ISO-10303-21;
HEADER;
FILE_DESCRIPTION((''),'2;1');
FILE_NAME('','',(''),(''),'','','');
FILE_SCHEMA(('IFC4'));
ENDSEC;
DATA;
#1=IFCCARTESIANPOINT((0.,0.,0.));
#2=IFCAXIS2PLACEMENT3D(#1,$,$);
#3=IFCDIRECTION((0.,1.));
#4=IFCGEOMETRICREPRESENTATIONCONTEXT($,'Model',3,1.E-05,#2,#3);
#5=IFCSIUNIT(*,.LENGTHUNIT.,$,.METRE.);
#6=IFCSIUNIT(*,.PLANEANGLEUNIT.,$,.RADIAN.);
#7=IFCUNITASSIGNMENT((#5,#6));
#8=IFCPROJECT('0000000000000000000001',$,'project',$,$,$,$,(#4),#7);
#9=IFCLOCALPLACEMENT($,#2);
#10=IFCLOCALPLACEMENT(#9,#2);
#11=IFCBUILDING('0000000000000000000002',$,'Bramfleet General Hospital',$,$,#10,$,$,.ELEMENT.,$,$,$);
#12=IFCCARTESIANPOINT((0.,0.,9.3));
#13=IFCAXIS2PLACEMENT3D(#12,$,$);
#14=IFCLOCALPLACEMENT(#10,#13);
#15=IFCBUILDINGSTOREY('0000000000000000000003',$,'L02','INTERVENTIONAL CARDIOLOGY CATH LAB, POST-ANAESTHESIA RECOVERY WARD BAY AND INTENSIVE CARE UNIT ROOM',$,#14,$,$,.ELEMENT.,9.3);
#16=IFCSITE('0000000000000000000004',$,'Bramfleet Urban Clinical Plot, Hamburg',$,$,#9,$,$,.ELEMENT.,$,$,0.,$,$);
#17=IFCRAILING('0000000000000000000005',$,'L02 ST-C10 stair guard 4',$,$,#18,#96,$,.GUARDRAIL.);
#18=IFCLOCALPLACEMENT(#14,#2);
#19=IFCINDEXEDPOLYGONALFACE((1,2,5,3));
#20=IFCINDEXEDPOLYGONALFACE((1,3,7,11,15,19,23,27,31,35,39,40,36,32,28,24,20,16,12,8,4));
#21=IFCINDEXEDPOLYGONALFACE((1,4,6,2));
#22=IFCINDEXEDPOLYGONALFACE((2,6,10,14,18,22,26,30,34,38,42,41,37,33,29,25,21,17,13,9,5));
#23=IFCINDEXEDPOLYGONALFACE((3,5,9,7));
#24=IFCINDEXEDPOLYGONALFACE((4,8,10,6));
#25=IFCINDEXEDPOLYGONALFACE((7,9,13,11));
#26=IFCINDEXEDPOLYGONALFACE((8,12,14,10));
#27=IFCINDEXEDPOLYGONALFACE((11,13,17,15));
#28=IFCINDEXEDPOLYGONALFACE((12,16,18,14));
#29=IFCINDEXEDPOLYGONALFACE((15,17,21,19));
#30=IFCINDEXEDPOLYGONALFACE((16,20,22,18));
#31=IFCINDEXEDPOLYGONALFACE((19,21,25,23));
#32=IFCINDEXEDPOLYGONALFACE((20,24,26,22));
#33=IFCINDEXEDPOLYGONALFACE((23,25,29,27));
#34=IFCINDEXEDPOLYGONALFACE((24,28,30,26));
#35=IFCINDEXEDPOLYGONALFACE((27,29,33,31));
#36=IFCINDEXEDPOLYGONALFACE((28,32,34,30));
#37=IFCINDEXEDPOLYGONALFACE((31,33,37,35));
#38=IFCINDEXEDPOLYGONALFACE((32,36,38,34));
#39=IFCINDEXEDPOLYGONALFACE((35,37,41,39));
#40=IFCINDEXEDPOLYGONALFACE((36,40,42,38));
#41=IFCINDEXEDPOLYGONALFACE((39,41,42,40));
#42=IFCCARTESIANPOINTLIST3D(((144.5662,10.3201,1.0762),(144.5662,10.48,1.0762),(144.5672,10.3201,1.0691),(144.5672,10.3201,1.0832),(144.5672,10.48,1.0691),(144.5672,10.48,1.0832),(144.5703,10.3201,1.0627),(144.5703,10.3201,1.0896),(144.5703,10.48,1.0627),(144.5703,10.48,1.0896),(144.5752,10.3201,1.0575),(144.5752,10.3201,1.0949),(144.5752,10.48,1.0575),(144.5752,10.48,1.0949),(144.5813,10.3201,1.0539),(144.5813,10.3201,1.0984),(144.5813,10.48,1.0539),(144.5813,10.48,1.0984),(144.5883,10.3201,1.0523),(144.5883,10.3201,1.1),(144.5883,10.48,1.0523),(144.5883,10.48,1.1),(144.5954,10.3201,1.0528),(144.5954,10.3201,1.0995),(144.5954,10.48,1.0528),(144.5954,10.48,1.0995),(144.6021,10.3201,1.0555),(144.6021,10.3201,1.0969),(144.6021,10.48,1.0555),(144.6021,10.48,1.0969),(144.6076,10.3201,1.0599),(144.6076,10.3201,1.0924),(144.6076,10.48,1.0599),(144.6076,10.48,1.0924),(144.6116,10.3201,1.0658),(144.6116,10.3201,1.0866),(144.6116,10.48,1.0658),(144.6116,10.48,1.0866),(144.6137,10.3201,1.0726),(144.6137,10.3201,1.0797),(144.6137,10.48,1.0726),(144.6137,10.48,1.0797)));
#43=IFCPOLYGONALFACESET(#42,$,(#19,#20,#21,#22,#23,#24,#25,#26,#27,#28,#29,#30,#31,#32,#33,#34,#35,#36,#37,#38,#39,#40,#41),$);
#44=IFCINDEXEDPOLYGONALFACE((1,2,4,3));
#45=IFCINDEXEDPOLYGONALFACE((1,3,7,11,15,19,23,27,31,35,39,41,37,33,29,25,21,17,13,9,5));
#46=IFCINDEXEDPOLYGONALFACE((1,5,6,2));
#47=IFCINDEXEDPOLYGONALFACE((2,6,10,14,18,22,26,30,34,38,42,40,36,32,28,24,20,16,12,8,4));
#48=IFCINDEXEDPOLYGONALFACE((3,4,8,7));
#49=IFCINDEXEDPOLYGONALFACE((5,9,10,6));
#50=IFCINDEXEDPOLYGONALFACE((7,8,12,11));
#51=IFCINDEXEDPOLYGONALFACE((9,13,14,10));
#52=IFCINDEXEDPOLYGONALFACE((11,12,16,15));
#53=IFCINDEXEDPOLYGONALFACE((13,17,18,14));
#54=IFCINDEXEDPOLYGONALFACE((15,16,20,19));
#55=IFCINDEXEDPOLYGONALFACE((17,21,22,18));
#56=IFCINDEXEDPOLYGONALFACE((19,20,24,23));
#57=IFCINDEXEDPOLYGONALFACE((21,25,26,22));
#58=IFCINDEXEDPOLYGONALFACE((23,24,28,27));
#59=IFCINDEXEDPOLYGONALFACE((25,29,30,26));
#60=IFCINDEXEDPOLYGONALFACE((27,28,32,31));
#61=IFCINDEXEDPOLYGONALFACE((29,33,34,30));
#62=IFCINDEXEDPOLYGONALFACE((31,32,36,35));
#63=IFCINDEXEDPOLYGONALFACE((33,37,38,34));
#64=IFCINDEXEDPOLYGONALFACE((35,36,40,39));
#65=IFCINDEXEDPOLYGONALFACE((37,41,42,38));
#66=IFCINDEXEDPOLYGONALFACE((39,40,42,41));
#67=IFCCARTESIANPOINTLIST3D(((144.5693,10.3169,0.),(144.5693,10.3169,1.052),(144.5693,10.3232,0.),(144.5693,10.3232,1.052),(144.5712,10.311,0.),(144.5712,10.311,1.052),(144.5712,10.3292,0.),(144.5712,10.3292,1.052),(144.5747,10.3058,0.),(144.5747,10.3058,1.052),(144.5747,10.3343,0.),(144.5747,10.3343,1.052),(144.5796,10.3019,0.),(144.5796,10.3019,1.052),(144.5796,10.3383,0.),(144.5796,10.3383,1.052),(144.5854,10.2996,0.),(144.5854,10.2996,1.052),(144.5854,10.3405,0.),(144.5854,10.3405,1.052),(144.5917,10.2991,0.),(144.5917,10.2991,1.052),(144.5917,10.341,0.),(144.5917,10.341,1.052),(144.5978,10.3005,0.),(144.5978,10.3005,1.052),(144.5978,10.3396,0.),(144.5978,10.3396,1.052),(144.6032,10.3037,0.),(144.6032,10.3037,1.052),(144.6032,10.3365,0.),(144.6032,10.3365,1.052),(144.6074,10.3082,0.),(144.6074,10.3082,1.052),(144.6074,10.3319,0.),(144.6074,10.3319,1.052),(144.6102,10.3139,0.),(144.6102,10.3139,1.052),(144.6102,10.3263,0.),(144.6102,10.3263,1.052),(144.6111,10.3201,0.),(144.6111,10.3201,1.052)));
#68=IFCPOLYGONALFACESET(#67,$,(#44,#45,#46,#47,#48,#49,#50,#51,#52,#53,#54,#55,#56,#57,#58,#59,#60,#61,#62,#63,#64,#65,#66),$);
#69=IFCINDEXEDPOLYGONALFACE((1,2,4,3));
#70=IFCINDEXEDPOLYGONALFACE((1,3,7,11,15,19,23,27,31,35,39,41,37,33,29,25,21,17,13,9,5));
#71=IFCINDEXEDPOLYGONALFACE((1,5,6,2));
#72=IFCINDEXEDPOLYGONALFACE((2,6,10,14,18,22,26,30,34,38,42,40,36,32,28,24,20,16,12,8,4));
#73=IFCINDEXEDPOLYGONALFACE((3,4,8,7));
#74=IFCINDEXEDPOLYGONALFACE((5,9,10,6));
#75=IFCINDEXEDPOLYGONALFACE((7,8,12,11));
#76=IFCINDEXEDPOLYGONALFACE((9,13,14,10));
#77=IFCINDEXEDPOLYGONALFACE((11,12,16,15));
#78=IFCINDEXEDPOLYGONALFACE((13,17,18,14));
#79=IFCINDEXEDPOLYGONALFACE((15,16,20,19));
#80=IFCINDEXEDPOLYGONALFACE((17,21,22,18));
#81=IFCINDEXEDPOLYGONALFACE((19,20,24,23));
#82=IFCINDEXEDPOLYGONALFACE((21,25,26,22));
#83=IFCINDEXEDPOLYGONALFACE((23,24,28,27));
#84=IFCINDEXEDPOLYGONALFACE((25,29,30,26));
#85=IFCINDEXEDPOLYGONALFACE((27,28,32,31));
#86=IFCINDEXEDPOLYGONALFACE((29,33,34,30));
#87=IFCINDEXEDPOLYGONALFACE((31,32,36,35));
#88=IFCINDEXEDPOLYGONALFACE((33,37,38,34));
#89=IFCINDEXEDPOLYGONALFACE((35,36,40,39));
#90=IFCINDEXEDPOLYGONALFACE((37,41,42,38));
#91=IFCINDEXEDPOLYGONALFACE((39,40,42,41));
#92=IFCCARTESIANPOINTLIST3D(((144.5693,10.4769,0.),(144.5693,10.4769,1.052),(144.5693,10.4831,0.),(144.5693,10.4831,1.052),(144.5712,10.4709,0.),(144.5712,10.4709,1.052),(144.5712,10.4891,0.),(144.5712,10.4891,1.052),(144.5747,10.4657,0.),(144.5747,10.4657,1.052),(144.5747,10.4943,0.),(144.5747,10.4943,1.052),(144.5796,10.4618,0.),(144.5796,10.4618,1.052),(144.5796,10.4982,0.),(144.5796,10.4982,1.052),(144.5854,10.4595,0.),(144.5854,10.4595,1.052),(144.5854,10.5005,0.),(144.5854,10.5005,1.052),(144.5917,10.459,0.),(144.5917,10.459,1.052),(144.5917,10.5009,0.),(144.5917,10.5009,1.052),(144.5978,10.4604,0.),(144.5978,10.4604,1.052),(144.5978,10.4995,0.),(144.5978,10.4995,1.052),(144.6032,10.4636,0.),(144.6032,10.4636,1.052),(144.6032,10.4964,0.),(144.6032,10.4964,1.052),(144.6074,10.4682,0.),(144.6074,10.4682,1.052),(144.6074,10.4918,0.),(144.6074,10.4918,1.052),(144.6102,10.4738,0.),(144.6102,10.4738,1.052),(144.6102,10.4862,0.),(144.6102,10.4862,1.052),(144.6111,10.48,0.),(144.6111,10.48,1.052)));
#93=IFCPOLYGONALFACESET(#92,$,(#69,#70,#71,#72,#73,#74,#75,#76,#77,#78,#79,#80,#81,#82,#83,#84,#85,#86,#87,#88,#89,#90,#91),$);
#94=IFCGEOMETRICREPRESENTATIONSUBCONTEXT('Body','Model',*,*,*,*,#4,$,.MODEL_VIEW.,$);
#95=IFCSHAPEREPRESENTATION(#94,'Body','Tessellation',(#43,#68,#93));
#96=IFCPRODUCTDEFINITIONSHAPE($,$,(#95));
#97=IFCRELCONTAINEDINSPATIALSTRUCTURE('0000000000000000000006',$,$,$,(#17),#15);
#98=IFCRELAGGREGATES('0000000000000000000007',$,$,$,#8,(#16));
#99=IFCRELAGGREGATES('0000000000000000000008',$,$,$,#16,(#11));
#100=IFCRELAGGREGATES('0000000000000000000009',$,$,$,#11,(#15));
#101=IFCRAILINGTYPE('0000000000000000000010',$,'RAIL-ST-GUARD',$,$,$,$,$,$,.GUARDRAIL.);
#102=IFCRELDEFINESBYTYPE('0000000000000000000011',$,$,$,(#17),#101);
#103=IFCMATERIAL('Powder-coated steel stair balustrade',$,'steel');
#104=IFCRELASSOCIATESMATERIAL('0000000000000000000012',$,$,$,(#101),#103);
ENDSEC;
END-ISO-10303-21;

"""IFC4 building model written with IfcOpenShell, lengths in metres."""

from ifc_helpers import new_model, si_unit, direction, frame, origin, origin_2d, place, context, subcontext, project, spatial, circle, extrude, material, type_object, element, save


model = new_model("IFC4")

# Units and contexts
model_context = context("Model", 3, precision=1e-05, world=origin(), true_north=direction((0.0, 1.0)))
body_context = subcontext(model_context, "Body", "Model", "MODEL_VIEW")
ifc_project = project(units=[si_unit("LENGTHUNIT", "METRE"), si_unit("PLANEANGLEUNIT", "RADIAN")], contexts=[model_context])

# Site, building, storey
site_placement = place(None, origin())
site = spatial("IfcSite", under=ifc_project, at=site_placement, Name="Bramfleet Urban Clinical Plot, Hamburg", CompositionType="ELEMENT", RefElevation=0.0)
building_placement = place(site_placement, origin())
building = spatial("IfcBuilding", under=site, at=building_placement, Name="Bramfleet General Hospital", CompositionType="ELEMENT")
storey_placement = place(building_placement, frame((0.0, 0.0, 9.3)))
storey = spatial("IfcBuildingStorey", under=building, at=storey_placement, Name="L02", Description="INTERVENTIONAL CARDIOLOGY CATH LAB, POST-ANAESTHESIA RECOVERY WARD BAY AND INTENSIVE CARE UNIT ROOM", CompositionType="ELEMENT", Elevation=9.3)

# Railing
ifc_material_1 = material(Name="Powder-coated steel stair balustrade", Category="steel")
railing_type_1 = type_object("IfcRailingType", Name="RAIL-ST-GUARD", PredefinedType="GUARDRAIL", material=ifc_material_1)
railing_1_placement = place(storey_placement, frame((144.5901, 10.3201, 0.0)))
element("IfcRailing", 1, at=railing_1_placement, inside=storey, type_object=railing_type_1, Name="L02 ST-C10 stair guard 4", PredefinedType="GUARDRAIL", context=body_context, shape_type="SweptSolid", body=[
    extrude(circle(Radius=0.0239, at=origin_2d()), frame((0.0, 0.0, 1.0762), z_axis=(0.0, 1.0, 0.0), x_axis=(-1.0, 0.0, 0.0)), (0.0, 0.0, 1.0), 0.1599),
    extrude(circle(Radius=0.021, at=origin_2d()), origin(), (0.0, 0.0, 1.0), 1.052),
    extrude(circle(Radius=0.021, at=origin_2d()), frame((0.0, 0.1599, 0.0)), (0.0, 0.0, 1.0), 1.052),
])

save(model, "model.ifc")
